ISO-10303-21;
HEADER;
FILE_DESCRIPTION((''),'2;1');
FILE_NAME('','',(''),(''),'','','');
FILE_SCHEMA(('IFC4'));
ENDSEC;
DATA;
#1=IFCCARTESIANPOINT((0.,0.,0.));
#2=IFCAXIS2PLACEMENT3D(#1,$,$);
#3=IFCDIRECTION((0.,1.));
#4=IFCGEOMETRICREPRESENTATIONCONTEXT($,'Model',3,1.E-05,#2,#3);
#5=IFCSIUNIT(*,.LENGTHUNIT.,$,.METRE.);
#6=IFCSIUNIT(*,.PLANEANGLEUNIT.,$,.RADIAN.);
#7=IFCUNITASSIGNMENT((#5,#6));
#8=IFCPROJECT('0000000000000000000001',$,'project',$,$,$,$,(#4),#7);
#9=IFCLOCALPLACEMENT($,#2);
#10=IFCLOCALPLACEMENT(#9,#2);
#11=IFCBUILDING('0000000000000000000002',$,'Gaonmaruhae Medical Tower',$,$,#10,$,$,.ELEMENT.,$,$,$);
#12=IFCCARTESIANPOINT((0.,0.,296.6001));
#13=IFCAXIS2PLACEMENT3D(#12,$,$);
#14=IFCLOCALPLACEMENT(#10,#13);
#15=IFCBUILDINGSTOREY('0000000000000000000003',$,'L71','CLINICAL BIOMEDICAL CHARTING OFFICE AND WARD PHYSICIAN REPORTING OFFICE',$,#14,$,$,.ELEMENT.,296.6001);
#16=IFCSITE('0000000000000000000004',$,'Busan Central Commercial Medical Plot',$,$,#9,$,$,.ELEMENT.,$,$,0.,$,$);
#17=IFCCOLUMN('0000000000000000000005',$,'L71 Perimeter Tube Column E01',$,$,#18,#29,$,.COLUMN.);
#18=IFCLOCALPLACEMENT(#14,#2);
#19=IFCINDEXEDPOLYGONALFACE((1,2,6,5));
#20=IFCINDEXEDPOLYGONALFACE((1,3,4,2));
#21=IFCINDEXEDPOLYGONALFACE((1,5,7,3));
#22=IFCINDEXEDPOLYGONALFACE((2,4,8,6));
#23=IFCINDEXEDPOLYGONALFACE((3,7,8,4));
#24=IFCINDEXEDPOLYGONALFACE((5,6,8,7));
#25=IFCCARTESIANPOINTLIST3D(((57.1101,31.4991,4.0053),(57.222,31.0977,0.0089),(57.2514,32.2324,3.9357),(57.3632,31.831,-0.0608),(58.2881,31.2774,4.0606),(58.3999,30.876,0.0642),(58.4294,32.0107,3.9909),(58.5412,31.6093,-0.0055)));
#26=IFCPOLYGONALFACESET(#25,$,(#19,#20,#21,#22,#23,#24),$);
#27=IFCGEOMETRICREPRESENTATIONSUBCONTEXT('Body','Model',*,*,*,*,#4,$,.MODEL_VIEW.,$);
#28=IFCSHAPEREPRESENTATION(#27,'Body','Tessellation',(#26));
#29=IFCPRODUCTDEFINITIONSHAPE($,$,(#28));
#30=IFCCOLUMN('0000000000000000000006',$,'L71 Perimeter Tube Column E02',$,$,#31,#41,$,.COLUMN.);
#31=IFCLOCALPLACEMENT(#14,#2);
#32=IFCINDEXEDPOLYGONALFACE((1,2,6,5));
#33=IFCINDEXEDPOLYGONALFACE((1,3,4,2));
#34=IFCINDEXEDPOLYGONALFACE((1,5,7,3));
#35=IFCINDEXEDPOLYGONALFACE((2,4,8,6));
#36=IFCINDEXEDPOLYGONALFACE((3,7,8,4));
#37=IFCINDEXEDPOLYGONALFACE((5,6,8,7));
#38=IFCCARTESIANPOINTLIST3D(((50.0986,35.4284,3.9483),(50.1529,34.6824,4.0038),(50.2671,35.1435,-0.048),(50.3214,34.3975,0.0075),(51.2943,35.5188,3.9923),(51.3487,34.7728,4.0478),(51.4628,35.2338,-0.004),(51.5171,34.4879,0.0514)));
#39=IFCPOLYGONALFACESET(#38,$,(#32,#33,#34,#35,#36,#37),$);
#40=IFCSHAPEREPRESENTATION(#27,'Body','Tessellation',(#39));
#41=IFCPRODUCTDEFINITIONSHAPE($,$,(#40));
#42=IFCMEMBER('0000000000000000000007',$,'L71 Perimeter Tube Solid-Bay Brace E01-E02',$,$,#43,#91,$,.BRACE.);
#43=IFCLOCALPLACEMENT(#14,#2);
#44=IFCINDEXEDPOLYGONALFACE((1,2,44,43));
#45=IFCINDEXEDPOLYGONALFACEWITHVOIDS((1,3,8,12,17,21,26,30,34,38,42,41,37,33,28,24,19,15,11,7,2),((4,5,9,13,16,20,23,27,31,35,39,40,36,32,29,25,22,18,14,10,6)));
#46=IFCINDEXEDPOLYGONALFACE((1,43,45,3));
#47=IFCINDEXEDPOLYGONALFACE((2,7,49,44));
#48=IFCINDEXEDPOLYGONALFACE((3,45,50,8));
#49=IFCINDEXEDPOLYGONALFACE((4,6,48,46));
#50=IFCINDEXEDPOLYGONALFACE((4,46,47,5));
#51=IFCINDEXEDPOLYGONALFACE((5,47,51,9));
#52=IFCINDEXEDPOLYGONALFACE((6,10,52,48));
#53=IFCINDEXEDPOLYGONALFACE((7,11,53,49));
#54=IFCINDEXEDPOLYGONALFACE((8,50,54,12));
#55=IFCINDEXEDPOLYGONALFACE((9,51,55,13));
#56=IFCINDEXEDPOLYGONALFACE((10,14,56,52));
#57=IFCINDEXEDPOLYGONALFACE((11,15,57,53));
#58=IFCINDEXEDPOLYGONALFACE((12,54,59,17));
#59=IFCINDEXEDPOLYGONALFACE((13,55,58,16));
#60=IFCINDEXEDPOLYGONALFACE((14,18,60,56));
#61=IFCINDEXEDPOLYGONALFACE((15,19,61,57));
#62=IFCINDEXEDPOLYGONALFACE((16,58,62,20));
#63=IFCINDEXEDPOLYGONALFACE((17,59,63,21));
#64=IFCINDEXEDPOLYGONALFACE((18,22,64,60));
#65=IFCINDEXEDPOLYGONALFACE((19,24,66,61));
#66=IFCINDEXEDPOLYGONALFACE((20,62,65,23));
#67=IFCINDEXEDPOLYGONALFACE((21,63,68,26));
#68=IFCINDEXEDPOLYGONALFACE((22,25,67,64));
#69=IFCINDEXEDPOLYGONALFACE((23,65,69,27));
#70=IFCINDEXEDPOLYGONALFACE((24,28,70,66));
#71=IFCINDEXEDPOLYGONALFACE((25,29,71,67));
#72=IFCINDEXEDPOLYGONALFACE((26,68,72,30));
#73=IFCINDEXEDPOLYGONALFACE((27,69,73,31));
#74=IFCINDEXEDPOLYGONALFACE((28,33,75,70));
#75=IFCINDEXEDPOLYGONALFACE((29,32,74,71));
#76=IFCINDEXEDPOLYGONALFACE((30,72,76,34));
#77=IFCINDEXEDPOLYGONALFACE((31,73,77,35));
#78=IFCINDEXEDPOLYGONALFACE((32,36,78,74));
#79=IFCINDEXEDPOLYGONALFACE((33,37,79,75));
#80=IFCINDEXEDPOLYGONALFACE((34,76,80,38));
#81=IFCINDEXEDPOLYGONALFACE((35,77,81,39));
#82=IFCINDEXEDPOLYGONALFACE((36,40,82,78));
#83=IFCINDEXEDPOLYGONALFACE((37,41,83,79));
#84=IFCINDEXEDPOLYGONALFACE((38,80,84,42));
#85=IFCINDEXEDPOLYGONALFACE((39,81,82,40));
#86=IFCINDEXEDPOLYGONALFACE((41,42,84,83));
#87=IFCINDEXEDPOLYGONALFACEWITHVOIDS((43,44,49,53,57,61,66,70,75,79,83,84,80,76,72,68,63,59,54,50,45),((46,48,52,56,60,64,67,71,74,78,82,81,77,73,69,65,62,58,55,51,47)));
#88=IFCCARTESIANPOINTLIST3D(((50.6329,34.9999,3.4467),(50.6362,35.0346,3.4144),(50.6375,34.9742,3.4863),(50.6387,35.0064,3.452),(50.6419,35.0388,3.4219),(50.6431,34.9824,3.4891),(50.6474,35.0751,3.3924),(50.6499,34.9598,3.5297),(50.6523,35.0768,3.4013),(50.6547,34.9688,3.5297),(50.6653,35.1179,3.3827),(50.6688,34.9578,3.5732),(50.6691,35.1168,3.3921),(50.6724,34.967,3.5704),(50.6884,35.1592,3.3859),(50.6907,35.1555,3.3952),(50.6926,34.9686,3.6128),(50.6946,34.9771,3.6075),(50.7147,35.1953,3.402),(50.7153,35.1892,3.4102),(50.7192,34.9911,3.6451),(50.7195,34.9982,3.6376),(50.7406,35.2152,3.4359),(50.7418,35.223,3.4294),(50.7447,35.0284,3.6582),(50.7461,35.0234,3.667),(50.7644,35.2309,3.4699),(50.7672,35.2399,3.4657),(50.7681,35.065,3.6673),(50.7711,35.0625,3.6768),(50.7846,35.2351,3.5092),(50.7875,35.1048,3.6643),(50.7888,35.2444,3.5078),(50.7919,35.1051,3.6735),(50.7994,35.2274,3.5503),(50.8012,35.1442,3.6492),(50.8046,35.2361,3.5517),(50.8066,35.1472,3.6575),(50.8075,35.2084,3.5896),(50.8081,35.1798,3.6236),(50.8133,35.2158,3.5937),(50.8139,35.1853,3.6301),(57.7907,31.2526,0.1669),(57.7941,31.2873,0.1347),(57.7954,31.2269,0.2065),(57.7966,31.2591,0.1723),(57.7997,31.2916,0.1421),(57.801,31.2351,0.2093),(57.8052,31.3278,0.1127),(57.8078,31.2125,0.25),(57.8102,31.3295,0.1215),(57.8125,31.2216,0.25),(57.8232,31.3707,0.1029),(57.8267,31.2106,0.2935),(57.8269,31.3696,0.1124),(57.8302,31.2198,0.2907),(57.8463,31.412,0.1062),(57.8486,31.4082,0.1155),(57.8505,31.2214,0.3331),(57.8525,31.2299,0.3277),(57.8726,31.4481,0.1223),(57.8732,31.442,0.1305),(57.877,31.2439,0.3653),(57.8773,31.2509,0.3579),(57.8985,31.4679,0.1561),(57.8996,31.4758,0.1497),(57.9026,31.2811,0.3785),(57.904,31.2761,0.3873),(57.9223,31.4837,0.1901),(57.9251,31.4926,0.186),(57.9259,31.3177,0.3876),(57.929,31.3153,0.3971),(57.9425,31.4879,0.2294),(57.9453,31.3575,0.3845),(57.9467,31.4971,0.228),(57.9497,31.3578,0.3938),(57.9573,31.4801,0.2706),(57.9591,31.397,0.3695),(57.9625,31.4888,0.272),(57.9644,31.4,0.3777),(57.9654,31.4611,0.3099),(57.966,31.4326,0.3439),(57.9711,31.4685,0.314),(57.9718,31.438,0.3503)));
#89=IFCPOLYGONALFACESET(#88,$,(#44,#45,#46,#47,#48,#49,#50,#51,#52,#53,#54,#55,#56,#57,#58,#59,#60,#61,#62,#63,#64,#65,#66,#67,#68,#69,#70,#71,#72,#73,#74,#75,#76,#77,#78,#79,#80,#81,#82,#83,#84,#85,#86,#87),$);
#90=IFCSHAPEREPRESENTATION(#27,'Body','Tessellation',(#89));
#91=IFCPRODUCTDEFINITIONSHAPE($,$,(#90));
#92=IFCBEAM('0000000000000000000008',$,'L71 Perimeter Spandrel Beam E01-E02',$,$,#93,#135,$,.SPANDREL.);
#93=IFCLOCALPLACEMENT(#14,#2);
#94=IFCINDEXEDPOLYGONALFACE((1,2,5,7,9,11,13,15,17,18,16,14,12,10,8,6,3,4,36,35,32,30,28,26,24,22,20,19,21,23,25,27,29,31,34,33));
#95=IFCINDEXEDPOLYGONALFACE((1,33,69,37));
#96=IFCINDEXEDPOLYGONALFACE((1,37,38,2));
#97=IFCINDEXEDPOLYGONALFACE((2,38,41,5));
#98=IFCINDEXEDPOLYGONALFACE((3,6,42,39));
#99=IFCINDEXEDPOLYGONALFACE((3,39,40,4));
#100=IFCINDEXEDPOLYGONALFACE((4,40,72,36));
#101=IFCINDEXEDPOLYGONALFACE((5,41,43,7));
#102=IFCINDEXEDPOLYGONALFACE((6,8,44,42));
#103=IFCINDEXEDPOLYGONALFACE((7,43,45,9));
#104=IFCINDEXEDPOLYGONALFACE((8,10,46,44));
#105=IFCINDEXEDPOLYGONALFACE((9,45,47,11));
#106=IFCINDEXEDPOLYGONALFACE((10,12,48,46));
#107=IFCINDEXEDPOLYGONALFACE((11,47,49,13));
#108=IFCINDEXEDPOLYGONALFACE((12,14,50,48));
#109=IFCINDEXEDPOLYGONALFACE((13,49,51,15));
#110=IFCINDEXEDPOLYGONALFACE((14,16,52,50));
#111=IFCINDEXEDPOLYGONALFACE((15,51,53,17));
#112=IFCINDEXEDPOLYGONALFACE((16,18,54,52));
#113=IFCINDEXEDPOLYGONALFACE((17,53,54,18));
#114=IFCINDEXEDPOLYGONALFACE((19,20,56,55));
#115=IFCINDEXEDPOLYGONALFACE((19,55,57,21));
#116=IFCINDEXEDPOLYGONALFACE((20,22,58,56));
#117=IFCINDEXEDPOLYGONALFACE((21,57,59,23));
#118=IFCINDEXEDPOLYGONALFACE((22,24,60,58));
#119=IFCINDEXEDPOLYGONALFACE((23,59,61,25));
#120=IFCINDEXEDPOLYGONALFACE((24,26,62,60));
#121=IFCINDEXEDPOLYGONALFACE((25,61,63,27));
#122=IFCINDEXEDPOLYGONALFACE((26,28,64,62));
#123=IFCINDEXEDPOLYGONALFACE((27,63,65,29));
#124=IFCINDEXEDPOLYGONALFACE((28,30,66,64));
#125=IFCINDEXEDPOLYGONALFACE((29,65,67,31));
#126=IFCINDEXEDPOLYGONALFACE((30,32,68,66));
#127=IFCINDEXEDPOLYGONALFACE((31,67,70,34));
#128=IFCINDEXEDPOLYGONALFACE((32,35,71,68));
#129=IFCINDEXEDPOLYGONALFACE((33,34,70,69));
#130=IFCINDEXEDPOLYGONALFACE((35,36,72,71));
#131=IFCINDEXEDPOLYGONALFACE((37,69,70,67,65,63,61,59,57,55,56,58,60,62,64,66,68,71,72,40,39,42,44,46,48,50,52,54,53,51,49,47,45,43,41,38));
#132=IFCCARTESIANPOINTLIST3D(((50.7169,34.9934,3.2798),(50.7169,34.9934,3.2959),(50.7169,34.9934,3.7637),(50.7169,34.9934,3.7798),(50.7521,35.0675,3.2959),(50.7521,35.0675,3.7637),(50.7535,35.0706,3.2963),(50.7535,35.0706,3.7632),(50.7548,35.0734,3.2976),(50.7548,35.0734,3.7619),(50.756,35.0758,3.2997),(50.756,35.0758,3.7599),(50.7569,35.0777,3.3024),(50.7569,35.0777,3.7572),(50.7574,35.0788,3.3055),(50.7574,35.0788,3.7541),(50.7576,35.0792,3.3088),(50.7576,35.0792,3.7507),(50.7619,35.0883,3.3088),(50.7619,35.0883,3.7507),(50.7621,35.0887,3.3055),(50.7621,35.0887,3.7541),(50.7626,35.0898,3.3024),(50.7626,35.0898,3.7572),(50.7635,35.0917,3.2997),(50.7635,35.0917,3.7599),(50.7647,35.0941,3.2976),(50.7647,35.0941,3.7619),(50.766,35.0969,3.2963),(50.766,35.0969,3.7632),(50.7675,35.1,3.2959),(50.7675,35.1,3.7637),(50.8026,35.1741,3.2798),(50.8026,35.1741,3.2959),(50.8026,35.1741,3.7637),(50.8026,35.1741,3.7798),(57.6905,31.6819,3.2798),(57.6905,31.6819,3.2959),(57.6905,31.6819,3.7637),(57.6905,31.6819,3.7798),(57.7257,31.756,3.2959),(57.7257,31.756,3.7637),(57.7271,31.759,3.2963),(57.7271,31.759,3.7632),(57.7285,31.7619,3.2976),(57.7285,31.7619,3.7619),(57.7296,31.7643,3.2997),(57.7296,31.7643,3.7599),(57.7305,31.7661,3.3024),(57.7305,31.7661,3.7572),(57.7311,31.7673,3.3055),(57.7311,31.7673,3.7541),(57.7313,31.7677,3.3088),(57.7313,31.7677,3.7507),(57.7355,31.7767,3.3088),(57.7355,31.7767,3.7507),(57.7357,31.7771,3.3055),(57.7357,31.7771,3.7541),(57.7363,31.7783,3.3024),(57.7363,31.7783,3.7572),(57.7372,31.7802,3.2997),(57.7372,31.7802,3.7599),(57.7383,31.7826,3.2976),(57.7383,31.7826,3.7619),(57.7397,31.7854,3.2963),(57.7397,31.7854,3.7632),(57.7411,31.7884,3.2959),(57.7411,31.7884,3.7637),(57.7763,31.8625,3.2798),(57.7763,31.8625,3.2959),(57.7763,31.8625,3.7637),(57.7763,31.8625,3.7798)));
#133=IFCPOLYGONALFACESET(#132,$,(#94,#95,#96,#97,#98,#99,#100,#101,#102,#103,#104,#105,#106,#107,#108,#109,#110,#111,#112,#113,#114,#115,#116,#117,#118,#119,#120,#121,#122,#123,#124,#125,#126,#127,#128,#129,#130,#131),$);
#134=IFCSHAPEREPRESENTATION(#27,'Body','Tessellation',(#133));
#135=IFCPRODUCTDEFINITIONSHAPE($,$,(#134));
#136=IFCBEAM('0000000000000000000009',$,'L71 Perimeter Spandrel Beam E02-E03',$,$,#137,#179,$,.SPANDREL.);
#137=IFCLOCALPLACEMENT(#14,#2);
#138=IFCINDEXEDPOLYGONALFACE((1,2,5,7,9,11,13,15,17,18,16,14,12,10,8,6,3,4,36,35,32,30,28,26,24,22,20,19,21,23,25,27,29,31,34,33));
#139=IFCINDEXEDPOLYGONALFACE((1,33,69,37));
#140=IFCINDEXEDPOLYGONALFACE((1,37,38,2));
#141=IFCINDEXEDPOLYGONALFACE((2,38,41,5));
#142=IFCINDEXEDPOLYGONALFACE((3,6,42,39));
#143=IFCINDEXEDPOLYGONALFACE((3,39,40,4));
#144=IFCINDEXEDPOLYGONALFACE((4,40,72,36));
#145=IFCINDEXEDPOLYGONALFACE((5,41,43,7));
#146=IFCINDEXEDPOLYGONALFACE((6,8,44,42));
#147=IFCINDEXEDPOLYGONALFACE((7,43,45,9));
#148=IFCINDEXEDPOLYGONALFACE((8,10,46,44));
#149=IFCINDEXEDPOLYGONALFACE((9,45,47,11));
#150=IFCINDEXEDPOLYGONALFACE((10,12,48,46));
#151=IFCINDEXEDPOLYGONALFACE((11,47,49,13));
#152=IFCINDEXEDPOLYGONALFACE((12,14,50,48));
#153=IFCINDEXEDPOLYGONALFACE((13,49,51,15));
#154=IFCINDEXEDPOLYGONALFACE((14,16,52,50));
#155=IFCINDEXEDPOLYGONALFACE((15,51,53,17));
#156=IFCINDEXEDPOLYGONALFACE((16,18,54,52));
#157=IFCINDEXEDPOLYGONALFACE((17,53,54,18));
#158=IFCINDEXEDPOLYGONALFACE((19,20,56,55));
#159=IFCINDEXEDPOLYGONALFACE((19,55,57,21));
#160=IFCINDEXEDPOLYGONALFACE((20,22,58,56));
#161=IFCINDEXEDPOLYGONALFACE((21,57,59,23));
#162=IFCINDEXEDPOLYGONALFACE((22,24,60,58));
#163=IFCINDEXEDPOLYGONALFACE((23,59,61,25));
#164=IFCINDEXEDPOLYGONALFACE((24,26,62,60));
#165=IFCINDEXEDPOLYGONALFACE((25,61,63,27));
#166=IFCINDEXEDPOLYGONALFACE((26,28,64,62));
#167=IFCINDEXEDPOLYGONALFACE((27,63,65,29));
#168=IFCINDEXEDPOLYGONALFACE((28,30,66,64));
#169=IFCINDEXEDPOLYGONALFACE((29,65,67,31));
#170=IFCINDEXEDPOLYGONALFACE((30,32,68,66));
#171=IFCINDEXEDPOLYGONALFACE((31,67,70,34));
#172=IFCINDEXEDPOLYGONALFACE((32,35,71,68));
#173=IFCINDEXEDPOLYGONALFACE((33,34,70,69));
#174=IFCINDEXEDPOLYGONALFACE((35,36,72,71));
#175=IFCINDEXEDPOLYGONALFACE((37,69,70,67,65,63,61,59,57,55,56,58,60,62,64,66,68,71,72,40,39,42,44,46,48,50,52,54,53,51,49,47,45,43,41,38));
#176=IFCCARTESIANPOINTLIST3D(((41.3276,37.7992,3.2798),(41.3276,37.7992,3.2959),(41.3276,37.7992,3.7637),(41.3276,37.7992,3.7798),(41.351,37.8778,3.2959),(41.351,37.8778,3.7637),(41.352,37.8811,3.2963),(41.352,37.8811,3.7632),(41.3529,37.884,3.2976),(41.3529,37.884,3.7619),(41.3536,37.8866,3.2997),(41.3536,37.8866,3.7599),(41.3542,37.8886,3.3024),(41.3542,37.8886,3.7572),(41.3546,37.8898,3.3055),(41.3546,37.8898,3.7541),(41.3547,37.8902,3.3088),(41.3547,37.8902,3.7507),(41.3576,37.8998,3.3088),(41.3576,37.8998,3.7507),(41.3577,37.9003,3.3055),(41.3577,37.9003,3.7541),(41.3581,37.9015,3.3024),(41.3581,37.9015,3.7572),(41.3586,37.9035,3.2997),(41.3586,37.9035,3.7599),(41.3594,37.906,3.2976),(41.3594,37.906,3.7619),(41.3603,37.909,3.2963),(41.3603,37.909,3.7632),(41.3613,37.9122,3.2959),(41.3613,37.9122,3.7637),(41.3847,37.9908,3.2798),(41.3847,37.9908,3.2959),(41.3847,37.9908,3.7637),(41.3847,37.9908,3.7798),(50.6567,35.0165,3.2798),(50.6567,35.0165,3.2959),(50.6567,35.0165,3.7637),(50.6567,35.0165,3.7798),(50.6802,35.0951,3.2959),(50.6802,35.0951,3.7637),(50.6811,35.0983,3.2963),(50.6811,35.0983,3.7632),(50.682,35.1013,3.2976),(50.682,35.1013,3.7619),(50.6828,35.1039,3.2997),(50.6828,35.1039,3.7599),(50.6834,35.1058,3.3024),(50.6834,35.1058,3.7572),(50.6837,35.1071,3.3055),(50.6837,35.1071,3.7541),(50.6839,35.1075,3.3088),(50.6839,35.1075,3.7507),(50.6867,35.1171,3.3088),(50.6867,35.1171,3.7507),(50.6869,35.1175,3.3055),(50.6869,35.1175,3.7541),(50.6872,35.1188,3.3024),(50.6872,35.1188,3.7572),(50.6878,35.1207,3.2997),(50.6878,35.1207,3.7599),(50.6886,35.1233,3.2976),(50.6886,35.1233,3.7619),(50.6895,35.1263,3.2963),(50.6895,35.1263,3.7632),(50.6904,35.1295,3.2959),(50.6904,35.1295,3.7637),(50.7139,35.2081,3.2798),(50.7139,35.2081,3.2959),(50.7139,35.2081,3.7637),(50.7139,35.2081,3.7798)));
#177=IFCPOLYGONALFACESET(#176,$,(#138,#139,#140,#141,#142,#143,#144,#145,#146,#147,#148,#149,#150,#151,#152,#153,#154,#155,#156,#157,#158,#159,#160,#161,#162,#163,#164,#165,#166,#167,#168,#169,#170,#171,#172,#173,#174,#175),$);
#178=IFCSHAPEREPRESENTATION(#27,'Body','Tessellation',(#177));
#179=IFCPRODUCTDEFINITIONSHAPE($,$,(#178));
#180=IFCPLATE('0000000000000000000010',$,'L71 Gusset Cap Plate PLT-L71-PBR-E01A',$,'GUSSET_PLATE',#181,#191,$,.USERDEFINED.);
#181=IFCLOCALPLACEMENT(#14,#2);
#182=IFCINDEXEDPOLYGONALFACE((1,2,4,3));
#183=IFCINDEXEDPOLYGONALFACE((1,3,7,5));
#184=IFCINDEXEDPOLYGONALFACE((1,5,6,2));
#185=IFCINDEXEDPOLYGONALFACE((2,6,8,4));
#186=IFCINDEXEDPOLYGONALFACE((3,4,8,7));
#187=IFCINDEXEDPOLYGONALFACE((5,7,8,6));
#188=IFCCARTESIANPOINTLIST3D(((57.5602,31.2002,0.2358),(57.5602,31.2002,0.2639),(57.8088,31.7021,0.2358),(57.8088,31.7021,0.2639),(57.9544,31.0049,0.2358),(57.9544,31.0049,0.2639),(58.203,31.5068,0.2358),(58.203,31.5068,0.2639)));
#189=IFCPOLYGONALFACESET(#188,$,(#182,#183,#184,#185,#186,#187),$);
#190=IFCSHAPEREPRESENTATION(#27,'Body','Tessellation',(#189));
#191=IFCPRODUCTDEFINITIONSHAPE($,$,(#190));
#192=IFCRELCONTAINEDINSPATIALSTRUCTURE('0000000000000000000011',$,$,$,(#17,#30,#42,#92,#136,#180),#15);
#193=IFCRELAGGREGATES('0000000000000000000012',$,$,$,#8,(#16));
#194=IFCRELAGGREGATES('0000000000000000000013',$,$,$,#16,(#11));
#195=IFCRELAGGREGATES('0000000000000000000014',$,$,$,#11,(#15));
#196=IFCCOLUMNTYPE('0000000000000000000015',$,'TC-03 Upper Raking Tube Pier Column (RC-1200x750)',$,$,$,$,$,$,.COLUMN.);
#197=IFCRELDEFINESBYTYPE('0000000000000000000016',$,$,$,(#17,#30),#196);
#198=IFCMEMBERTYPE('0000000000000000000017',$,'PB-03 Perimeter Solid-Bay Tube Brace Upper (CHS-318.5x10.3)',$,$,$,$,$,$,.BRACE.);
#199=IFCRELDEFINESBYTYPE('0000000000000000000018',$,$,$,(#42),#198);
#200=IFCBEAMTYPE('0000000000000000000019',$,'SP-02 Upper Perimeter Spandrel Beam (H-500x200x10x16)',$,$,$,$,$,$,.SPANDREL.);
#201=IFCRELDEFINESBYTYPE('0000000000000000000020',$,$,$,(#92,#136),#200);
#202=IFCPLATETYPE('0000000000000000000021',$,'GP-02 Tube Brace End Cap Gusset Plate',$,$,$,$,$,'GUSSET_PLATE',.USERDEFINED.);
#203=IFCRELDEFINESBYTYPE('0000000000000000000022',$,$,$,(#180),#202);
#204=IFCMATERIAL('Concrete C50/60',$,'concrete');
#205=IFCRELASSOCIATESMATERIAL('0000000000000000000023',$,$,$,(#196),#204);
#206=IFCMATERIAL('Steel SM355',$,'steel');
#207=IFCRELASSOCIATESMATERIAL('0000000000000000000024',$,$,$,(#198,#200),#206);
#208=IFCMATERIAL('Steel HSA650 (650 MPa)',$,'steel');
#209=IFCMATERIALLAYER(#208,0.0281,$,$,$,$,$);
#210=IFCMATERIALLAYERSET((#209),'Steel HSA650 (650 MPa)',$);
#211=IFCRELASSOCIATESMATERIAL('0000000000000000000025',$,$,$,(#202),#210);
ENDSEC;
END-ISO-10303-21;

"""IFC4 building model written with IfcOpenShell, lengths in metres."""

from ifc_helpers import new_model, si_unit, direction, frame, origin, origin_2d, place, context, subcontext, project, spatial, rectangle, hollow_circle, i_section, extrude, material, layer, layer_set, material_profile, profile_set, type_object, element, save


model = new_model("IFC4")

# Units and contexts
model_context = context("Model", 3, precision=1e-05, world=origin(), true_north=direction((0.0, 1.0)))
body_context = subcontext(model_context, "Body", "Model", "MODEL_VIEW")
ifc_project = project(units=[si_unit("LENGTHUNIT", "METRE"), si_unit("PLANEANGLEUNIT", "RADIAN")], contexts=[model_context])

# Site, building, storey
site_placement = place(None, origin())
site = spatial("IfcSite", under=ifc_project, at=site_placement, Name="Busan Central Commercial Medical Plot", CompositionType="ELEMENT", RefElevation=0.0)
building_placement = place(site_placement, origin())
building = spatial("IfcBuilding", under=site, at=building_placement, Name="Gaonmaruhae Medical Tower", CompositionType="ELEMENT")
storey_placement = place(building_placement, frame((0.0, 0.0, 296.6001)))
storey = spatial("IfcBuildingStorey", under=building, at=storey_placement, Name="L71", Description="CLINICAL BIOMEDICAL CHARTING OFFICE AND WARD PHYSICIAN REPORTING OFFICE", CompositionType="ELEMENT", Elevation=296.6001)

# Columns
ifc_material_1 = material(Name="Concrete C50/60", Category="concrete")
ifc_material_profile_1 = material_profile(ifc_material_1, rectangle(XDim=1.2, YDim=0.75, at=origin_2d()), Name="RC-1200x750")
ifc_profile_set_1 = profile_set([ifc_material_profile_1], Name="Concrete C50/60")
column_type = type_object("IfcColumnType", Name="TC-03 Upper Raking Tube Pier Column (RC-1200x750)", PredefinedType="COLUMN", material=ifc_profile_set_1)
column_1_placement = place(storey_placement, frame((57.8816, 31.3535, 0.0017), z_axis=(-0.027829, 0.099892, 0.994609), x_axis=(0.981701, -0.184781, 0.046026)))
element("IfcColumn", 1, at=column_1_placement, inside=storey, type_object=column_type, Name="L71 Perimeter Tube Column E01", PredefinedType="COLUMN", context=body_context, shape_type="SweptSolid", body=[
    extrude(rectangle(XDim=1.2, YDim=0.75, at=origin_2d()), origin(), (0.0, 0.0, 1.0), 4.0181),
])
column_2_placement = place(storey_placement, frame((50.8921, 34.8157, 0.0017), z_axis=(-0.042009, 0.07105, 0.996588), x_axis=(0.996487, 0.07531, 0.036636)))
element("IfcColumn", 2, at=column_2_placement, inside=storey, type_object=column_type, Name="L71 Perimeter Tube Column E02", PredefinedType="COLUMN", context=body_context, shape_type="SweptSolid", body=[
    extrude(rectangle(XDim=1.2, YDim=0.75, at=origin_2d()), origin(), (0.0, 0.0, 1.0), 4.01),
])

# Member
ifc_material_2 = material(Name="Steel SM355", Category="steel")
ifc_material_profile_2 = material_profile(ifc_material_2, hollow_circle(Radius=0.1592, WallThickness=0.0103, at=origin_2d()), Name="CHS-318.5x10.3")
ifc_profile_set_2 = profile_set([ifc_material_profile_2], Name="Steel SM355")
member_type = type_object("IfcMemberType", Name="PB-03 Perimeter Solid-Bay Tube Brace Upper (CHS-318.5x10.3)", PredefinedType="BRACE", material=ifc_profile_set_2)
member_placement = place(storey_placement, frame((57.8816, 31.3535, 0.25), z_axis=(-0.820881, 0.429745, 0.376129), x_axis=(-0.463804, -0.885938, 0.0)))
element("IfcMember", 3, at=member_placement, inside=storey, type_object=member_type, Name="L71 Perimeter Tube Solid-Bay Brace E01-E02", PredefinedType="BRACE", context=body_context, shape_type="SweptSolid", body=[
    extrude(hollow_circle(Radius=0.1592, WallThickness=0.0103, at=origin_2d()), origin(), (0.0, 0.0, 1.0), 8.7197),
])

# Beams
ifc_material_profile_3 = material_profile(ifc_material_2, i_section(OverallWidth=0.2, OverallDepth=0.5, WebThickness=0.01, FlangeThickness=0.0161, FilletRadius=0.0129, at=origin_2d()), Name="H-500x200x10x16")
ifc_profile_set_3 = profile_set([ifc_material_profile_3], Name="Steel SM355")
beam_type = type_object("IfcBeamType", Name="SP-02 Upper Perimeter Spandrel Beam (H-500x200x10x16)", PredefinedType="SPANDREL", material=ifc_profile_set_3)
beam_1_placement = place(storey_placement, frame((57.7334, 31.7722, 3.5298), z_axis=(-0.903325, 0.428956, 0.0), x_axis=(-0.428956, -0.903325, 0.0)))
element("IfcBeam", 4, at=beam_1_placement, inside=storey, type_object=beam_type, Name="L71 Perimeter Spandrel Beam E01-E02", PredefinedType="SPANDREL", context=body_context, shape_type="SweptSolid", body=[
    extrude(i_section(OverallWidth=0.2, OverallDepth=0.5, WebThickness=0.01, FlangeThickness=0.0161, FilletRadius=0.0129, at=origin_2d()), origin(), (0.0, 0.0, 1.0), 7.72),
])
beam_2_placement = place(storey_placement, frame((50.6853, 35.1123, 3.5298), z_axis=(-0.958278, 0.285838, 0.0), x_axis=(-0.285838, -0.958278, 0.0)))
element("IfcBeam", 5, at=beam_2_placement, inside=storey, type_object=beam_type, Name="L71 Perimeter Spandrel Beam E02-E03", PredefinedType="SPANDREL", context=body_context, shape_type="SweptSolid", body=[
    extrude(i_section(OverallWidth=0.2, OverallDepth=0.5, WebThickness=0.01, FlangeThickness=0.0161, FilletRadius=0.0129, at=origin_2d()), origin(), (0.0, 0.0, 1.0), 9.7354),
])

# Plate
ifc_material_3 = material(Name="Steel HSA650 (650 MPa)", Category="steel")
ifc_layer_1 = layer(ifc_material_3, 0.0281)
ifc_layer_set_1 = layer_set([ifc_layer_1], Name="Steel HSA650 (650 MPa)")
plate_type_1 = type_object("IfcPlateType", Name="GP-02 Tube Brace End Cap Gusset Plate", ElementType="GUSSET_PLATE", PredefinedType="USERDEFINED", material=ifc_layer_set_1)
for number, where, z_axis, x_axis, name in (
    (6, (57.8816, 31.3535, 0.2358), (0.0, 0.0, 1.0), (0.443853, 0.896099, 0.0), "L71 Gusset Cap Plate PLT-L71-PBR-E01A"),
):
    element("IfcPlate", number, at=place(storey_placement, frame(where, z_axis=z_axis, x_axis=x_axis)), inside=storey, type_object=plate_type_1, Name=name, ObjectType="GUSSET_PLATE", PredefinedType="USERDEFINED", context=body_context, shape_type="SweptSolid", body=[
        extrude(rectangle(XDim=0.5601, YDim=0.4399, at=origin_2d()), origin(), (0.0, 0.0, 1.0), 0.0281),
    ])

save(model, "model.ifc")
